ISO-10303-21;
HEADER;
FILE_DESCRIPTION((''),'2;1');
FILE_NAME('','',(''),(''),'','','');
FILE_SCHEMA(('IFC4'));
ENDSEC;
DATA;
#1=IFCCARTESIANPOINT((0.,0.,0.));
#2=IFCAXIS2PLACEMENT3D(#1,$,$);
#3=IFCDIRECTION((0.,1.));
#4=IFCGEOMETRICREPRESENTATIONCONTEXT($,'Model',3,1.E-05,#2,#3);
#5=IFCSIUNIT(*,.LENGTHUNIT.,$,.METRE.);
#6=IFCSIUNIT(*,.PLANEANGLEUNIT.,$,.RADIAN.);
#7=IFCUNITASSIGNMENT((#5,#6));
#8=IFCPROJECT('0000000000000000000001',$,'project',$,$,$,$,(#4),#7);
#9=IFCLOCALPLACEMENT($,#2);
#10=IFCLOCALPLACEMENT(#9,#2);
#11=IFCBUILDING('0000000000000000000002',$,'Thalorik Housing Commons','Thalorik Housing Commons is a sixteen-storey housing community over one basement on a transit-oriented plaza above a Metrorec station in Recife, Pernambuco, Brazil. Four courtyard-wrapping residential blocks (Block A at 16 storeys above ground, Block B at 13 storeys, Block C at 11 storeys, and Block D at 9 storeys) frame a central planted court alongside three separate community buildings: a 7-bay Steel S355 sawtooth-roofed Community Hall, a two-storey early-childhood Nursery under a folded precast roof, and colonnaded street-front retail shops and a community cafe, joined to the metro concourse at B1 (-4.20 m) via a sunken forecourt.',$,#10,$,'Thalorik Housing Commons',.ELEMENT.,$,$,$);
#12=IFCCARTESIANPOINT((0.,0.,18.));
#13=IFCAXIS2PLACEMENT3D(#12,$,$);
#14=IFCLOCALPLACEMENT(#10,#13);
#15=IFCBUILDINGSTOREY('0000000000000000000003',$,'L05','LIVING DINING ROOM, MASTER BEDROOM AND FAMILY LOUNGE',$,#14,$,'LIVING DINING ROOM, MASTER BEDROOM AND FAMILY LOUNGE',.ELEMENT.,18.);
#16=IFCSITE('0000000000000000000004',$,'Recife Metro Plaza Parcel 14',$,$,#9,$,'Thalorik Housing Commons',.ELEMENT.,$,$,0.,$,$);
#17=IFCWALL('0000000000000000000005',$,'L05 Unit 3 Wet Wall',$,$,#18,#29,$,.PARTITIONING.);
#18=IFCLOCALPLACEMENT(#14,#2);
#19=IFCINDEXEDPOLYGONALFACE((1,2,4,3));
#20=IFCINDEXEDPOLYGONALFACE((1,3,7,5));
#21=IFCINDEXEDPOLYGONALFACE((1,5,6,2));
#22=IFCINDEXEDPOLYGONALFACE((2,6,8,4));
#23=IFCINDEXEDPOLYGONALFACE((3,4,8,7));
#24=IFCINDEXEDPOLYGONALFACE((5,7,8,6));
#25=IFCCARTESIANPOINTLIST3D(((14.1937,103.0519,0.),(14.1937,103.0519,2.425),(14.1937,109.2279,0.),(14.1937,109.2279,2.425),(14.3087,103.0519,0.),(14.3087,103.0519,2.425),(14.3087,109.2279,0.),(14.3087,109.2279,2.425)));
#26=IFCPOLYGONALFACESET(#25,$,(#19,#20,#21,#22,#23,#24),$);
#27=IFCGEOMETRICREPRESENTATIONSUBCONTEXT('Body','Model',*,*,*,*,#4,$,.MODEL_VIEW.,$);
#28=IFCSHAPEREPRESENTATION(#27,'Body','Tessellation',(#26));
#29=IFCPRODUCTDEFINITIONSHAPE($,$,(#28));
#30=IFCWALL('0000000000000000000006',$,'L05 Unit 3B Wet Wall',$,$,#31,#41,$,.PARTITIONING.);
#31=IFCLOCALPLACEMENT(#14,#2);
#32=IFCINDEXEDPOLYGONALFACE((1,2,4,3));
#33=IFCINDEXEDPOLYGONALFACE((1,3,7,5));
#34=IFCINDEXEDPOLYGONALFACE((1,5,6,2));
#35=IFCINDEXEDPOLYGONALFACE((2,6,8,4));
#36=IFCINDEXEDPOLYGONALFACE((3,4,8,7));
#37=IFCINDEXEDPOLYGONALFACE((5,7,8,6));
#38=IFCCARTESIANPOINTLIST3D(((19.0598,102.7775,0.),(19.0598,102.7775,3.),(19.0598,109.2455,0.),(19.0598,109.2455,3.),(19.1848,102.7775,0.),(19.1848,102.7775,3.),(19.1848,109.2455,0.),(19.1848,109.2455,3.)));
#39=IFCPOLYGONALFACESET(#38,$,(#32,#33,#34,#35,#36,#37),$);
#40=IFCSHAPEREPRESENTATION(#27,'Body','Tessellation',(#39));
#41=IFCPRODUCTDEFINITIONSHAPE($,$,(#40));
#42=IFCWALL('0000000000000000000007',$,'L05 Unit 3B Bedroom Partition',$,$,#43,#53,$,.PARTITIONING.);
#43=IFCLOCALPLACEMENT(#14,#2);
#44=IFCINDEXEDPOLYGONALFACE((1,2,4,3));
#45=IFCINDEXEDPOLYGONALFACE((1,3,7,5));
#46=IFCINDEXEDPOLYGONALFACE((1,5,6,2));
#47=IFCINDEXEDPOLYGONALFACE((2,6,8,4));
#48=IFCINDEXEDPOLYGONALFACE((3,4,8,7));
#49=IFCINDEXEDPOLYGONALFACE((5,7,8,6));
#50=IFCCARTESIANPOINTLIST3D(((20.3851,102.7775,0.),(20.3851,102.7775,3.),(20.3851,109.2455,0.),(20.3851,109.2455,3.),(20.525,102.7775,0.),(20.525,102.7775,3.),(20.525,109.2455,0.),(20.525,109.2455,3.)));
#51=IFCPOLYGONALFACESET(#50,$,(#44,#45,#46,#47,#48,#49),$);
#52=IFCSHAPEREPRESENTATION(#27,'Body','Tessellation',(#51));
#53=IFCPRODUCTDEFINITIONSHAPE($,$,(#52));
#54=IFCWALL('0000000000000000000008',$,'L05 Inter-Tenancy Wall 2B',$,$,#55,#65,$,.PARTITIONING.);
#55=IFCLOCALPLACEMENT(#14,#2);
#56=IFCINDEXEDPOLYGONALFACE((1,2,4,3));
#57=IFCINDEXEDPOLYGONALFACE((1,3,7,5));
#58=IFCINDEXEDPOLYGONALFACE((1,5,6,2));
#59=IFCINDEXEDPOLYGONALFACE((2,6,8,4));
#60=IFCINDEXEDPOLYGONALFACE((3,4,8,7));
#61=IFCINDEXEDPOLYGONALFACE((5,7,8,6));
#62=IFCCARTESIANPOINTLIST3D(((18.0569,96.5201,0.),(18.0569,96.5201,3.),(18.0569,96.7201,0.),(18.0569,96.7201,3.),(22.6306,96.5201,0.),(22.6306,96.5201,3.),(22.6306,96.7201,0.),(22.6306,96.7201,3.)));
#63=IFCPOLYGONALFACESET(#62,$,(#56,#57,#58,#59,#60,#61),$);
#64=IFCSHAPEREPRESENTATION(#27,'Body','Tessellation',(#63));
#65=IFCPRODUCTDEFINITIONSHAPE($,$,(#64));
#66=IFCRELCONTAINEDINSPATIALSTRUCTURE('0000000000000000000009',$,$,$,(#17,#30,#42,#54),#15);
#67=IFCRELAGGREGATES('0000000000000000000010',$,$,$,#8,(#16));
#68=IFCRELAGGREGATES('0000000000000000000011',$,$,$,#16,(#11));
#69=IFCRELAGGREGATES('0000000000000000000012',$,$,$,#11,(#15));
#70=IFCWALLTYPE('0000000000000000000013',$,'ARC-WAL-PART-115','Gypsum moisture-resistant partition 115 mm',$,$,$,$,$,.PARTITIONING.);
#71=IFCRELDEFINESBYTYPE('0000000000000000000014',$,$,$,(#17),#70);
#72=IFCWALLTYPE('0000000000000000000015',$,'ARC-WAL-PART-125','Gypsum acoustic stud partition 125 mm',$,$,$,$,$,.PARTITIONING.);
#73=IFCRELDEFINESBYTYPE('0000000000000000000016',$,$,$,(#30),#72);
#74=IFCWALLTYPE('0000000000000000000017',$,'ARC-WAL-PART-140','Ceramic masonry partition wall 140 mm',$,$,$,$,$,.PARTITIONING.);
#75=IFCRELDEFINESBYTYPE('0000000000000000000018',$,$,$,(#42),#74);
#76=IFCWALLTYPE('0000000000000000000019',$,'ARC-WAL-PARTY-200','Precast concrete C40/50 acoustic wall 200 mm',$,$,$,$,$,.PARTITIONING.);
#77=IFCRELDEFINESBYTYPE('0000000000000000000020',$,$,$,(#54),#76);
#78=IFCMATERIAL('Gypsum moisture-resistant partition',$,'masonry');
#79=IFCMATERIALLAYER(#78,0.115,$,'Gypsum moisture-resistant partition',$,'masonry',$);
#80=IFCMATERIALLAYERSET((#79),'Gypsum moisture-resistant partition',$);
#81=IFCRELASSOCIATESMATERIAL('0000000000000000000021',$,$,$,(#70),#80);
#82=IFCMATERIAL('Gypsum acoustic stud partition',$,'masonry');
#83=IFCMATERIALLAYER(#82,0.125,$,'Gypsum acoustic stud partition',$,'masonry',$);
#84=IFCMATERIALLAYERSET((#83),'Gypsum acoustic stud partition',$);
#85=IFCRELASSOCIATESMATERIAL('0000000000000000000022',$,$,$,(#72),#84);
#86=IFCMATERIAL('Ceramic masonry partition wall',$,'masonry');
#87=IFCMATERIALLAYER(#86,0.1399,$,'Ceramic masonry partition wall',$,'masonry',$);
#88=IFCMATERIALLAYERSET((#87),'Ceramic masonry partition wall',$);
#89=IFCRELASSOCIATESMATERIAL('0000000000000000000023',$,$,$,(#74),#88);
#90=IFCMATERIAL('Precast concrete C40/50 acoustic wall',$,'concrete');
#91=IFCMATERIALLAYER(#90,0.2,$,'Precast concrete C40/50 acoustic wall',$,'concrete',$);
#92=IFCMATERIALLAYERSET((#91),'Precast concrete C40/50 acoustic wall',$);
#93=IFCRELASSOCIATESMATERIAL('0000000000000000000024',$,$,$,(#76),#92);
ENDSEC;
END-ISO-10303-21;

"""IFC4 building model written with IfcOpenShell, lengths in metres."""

from ifc_helpers import new_model, si_unit, direction, frame, frame_2d, origin, place, context, subcontext, project, spatial, rectangle, extrude, material, layer, layer_set, type_object, element, save


model = new_model("IFC4")

# Units and contexts
model_context = context("Model", 3, precision=1e-05, world=origin(), true_north=direction((0.0, 1.0)))
body_context = subcontext(model_context, "Body", "Model", "MODEL_VIEW")
ifc_project = project(units=[si_unit("LENGTHUNIT", "METRE"), si_unit("PLANEANGLEUNIT", "RADIAN")], contexts=[model_context])

# Site, building, storey
site_placement = place(None, origin())
site = spatial("IfcSite", under=ifc_project, at=site_placement, Name="Recife Metro Plaza Parcel 14", LongName="Thalorik Housing Commons", CompositionType="ELEMENT", RefElevation=0.0)
building_placement = place(site_placement, origin())
building = spatial("IfcBuilding", under=site, at=building_placement, Name="Thalorik Housing Commons", Description="Thalorik Housing Commons is a sixteen-storey housing community over one basement on a transit-oriented plaza above a Metrorec station in Recife, Pernambuco, Brazil. Four courtyard-wrapping residential blocks (Block A at 16 storeys above ground, Block B at 13 storeys, Block C at 11 storeys, and Block D at 9 storeys) frame a central planted court alongside three separate community buildings: a 7-bay Steel S355 sawtooth-roofed Community Hall, a two-storey early-childhood Nursery under a folded precast roof, and colonnaded street-front retail shops and a community cafe, joined to the metro concourse at B1 (-4.20 m) via a sunken forecourt.", LongName="Thalorik Housing Commons", CompositionType="ELEMENT")
storey_placement = place(building_placement, frame((0.0, 0.0, 18.0)))
storey = spatial("IfcBuildingStorey", under=building, at=storey_placement, Name="L05", Description="LIVING DINING ROOM, MASTER BEDROOM AND FAMILY LOUNGE", LongName="LIVING DINING ROOM, MASTER BEDROOM AND FAMILY LOUNGE", CompositionType="ELEMENT", Elevation=18.0)

# Walls
ifc_material_1 = material(Name="Gypsum moisture-resistant partition", Category="masonry")
ifc_layer_1 = layer(ifc_material_1, 0.115, Name="Gypsum moisture-resistant partition", Category="masonry")
ifc_layer_set_1 = layer_set([ifc_layer_1], Name="Gypsum moisture-resistant partition")
wall_type_1 = type_object("IfcWallType", Name="ARC-WAL-PART-115", Description="Gypsum moisture-resistant partition 115 mm", PredefinedType="PARTITIONING", material=ifc_layer_set_1)
wall_1_placement = place(storey_placement, frame((14.2512, 103.052, 0.0), z_axis=(0.0, 0.0, 1.0), x_axis=(0.0, 1.0, 0.0)))
element("IfcWall", 1, at=wall_1_placement, inside=storey, type_object=wall_type_1, Name="L05 Unit 3 Wet Wall", PredefinedType="PARTITIONING", context=body_context, shape_type="SweptSolid", body=[
    extrude(rectangle(XDim=6.176, YDim=0.115, at=frame_2d((3.0879, 0.0))), origin(), (0.0, 0.0, 1.0), 2.425),
])
ifc_material_2 = material(Name="Gypsum acoustic stud partition", Category="masonry")
ifc_layer_2 = layer(ifc_material_2, 0.125, Name="Gypsum acoustic stud partition", Category="masonry")
ifc_layer_set_2 = layer_set([ifc_layer_2], Name="Gypsum acoustic stud partition")
wall_type_2 = type_object("IfcWallType", Name="ARC-WAL-PART-125", Description="Gypsum acoustic stud partition 125 mm", PredefinedType="PARTITIONING", material=ifc_layer_set_2)
wall_2_placement = place(storey_placement, frame((19.1223, 102.7776, 0.0), z_axis=(0.0, 0.0, 1.0), x_axis=(0.0, 1.0, 0.0)))
element("IfcWall", 2, at=wall_2_placement, inside=storey, type_object=wall_type_2, Name="L05 Unit 3B Wet Wall", PredefinedType="PARTITIONING", context=body_context, shape_type="SweptSolid", body=[
    extrude(rectangle(XDim=6.468, YDim=0.125, at=frame_2d((3.2339, 0.0))), origin(), (0.0, 0.0, 1.0), 3.0),
])
ifc_material_3 = material(Name="Ceramic masonry partition wall", Category="masonry")
ifc_layer_3 = layer(ifc_material_3, 0.1399, Name="Ceramic masonry partition wall", Category="masonry")
ifc_layer_set_3 = layer_set([ifc_layer_3], Name="Ceramic masonry partition wall")
wall_type_3 = type_object("IfcWallType", Name="ARC-WAL-PART-140", Description="Ceramic masonry partition wall 140 mm", PredefinedType="PARTITIONING", material=ifc_layer_set_3)
wall_3_placement = place(storey_placement, frame((20.4551, 102.7776, 0.0), z_axis=(0.0, 0.0, 1.0), x_axis=(0.0, 1.0, 0.0)))
element("IfcWall", 3, at=wall_3_placement, inside=storey, type_object=wall_type_3, Name="L05 Unit 3B Bedroom Partition", PredefinedType="PARTITIONING", context=body_context, shape_type="SweptSolid", body=[
    extrude(rectangle(XDim=6.468, YDim=0.1399, at=frame_2d((3.2339, 0.0))), origin(), (0.0, 0.0, 1.0), 3.0),
])
ifc_material_4 = material(Name="Precast concrete C40/50 acoustic wall", Category="concrete")
ifc_layer_4 = layer(ifc_material_4, 0.2, Name="Precast concrete C40/50 acoustic wall", Category="concrete")
ifc_layer_set_4 = layer_set([ifc_layer_4], Name="Precast concrete C40/50 acoustic wall")
wall_type_4 = type_object("IfcWallType", Name="ARC-WAL-PARTY-200", Description="Precast concrete C40/50 acoustic wall 200 mm", PredefinedType="PARTITIONING", material=ifc_layer_set_4)
wall_4_placement = place(storey_placement, frame((18.0569, 96.6201, 0.0), z_axis=(0.0, 0.0, 1.0), x_axis=(1.0, 0.0, 0.0)))
element("IfcWall", 4, at=wall_4_placement, inside=storey, type_object=wall_type_4, Name="L05 Inter-Tenancy Wall 2B", PredefinedType="PARTITIONING", context=body_context, shape_type="SweptSolid", body=[
    extrude(rectangle(XDim=4.5737, YDim=0.2, at=frame_2d((2.2869, 0.0))), origin(), (0.0, 0.0, 1.0), 3.0),
])

save(model, "model.ifc")
